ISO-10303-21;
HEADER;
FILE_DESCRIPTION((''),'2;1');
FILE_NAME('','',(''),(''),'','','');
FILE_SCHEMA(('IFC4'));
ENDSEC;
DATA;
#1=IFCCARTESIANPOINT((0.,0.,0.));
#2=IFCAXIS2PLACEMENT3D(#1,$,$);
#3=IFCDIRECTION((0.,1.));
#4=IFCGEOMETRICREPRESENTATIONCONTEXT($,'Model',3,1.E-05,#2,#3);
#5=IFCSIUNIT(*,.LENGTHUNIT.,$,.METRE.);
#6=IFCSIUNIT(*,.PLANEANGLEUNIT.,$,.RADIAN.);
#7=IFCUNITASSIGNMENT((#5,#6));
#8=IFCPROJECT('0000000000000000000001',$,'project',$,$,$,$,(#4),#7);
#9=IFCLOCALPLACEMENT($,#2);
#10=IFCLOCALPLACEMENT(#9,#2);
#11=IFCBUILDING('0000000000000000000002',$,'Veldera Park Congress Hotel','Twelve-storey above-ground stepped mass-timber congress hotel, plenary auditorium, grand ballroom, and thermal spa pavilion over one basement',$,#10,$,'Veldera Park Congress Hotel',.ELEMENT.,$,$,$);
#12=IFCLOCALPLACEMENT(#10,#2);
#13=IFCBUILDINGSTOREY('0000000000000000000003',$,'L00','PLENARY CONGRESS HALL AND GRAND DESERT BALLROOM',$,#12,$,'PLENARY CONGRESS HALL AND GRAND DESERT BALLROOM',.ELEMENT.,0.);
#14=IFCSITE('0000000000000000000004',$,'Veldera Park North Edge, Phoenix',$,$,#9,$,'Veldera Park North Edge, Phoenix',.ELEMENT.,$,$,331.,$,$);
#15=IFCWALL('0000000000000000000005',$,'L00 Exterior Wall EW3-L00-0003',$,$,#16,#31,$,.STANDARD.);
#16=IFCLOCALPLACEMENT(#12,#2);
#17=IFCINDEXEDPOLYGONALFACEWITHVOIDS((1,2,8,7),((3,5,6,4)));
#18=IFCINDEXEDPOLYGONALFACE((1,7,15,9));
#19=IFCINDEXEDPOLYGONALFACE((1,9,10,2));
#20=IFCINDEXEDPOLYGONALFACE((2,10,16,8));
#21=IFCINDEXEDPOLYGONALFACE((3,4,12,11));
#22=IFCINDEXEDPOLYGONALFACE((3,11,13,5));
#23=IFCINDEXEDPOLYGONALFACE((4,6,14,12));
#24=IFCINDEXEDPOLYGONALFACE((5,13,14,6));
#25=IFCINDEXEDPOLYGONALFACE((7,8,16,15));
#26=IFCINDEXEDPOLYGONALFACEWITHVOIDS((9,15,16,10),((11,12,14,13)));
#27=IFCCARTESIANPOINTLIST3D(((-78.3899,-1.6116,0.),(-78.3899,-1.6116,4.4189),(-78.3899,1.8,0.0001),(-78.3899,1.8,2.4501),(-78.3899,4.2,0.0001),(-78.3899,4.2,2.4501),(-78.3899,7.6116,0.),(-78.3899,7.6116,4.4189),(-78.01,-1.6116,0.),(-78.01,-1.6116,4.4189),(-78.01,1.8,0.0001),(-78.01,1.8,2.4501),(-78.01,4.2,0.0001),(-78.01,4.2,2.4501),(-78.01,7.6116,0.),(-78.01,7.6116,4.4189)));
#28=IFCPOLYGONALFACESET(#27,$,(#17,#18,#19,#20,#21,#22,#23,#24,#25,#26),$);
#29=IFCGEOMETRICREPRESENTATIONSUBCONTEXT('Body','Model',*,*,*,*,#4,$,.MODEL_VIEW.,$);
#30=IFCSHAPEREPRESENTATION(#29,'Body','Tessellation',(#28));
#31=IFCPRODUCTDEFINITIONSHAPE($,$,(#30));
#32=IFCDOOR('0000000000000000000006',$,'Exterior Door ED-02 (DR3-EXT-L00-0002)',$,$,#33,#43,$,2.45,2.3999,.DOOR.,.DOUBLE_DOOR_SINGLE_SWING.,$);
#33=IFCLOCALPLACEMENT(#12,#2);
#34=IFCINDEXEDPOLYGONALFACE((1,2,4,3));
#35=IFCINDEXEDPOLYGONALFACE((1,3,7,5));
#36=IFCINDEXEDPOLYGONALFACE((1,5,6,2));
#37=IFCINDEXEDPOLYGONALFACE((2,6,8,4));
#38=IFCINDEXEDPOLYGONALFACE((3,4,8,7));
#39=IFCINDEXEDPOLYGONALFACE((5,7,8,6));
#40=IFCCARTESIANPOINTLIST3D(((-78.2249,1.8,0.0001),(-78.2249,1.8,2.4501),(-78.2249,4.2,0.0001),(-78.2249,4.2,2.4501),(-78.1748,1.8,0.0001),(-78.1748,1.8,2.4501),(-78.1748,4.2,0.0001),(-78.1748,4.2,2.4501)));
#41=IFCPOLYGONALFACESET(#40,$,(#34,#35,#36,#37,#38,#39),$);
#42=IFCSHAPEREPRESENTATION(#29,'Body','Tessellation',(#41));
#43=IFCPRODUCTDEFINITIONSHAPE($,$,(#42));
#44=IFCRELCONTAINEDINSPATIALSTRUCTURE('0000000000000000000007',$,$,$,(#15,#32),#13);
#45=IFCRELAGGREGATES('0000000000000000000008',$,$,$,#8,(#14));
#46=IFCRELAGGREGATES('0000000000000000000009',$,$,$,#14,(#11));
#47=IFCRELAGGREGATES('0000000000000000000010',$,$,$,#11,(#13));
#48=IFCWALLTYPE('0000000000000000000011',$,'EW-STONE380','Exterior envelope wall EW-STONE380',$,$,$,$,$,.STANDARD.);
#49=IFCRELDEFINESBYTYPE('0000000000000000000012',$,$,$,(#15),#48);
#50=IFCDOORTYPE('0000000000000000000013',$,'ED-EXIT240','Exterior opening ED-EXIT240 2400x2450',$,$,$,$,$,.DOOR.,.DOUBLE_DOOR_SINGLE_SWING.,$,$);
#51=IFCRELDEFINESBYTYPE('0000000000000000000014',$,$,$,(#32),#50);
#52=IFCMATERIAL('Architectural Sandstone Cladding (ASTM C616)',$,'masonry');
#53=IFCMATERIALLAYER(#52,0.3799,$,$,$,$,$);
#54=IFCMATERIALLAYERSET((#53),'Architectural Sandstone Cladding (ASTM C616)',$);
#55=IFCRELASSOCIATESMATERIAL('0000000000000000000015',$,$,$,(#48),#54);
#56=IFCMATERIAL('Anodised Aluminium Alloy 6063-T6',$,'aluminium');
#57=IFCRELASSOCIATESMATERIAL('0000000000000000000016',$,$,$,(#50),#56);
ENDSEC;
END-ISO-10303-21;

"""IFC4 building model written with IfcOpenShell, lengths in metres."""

from ifc_helpers import new_model, si_unit, direction, frame, frame_2d, origin, place, context, subcontext, project, spatial, rectangle, extrude, material, layer, layer_set, type_object, element, fill, save


model = new_model("IFC4")

# Units and contexts
model_context = context("Model", 3, precision=1e-05, world=origin(), true_north=direction((0.0, 1.0)))
body_context = subcontext(model_context, "Body", "Model", "MODEL_VIEW")
ifc_project = project(units=[si_unit("LENGTHUNIT", "METRE"), si_unit("PLANEANGLEUNIT", "RADIAN")], contexts=[model_context])

# Site, building, storey
site_placement = place(None, origin())
site = spatial("IfcSite", under=ifc_project, at=site_placement, Name="Veldera Park North Edge, Phoenix", LongName="Veldera Park North Edge, Phoenix", CompositionType="ELEMENT", RefElevation=331.0)
building_placement = place(site_placement, origin())
building = spatial("IfcBuilding", under=site, at=building_placement, Name="Veldera Park Congress Hotel", Description="Twelve-storey above-ground stepped mass-timber congress hotel, plenary auditorium, grand ballroom, and thermal spa pavilion over one basement", LongName="Veldera Park Congress Hotel", CompositionType="ELEMENT")
storey_placement = place(building_placement, origin())
storey = spatial("IfcBuildingStorey", under=building, at=storey_placement, Name="L00", Description="PLENARY CONGRESS HALL AND GRAND DESERT BALLROOM", LongName="PLENARY CONGRESS HALL AND GRAND DESERT BALLROOM", CompositionType="ELEMENT", Elevation=0.0)

# Wall, opening, door
ifc_material_1 = material(Name="Architectural Sandstone Cladding (ASTM C616)", Category="masonry")
ifc_layer = layer(ifc_material_1, 0.3799)
ifc_layer_set = layer_set([ifc_layer], Name="Architectural Sandstone Cladding (ASTM C616)")
wall_type = type_object("IfcWallType", Name="EW-STONE380", Description="Exterior envelope wall EW-STONE380", PredefinedType="STANDARD", material=ifc_layer_set)
wall_1_placement = place(storey_placement, frame((-78.2, 7.6116, 0.0), z_axis=(0.0, 0.0, 1.0), x_axis=(0.0, -1.0, 0.0)))
wall_1 = element("IfcWall", 1, at=wall_1_placement, inside=storey, type_object=wall_type, Name="L00 Exterior Wall EW3-L00-0003", PredefinedType="STANDARD", context=body_context, shape_type="SweptSolid", body=[
    extrude(rectangle(XDim=9.2231, YDim=0.3799, at=frame_2d((4.6116, 0.0))), origin(), (0.0, 0.0, 1.0), 4.4189),
])
opening_1_placement = place(wall_1_placement, frame((3.4116, 0.0, 0.0)))
opening_1 = element("IfcOpeningElement", 2, at=opening_1_placement, cuts=wall_1, PredefinedType="OPENING", context=body_context, shape_type="SweptSolid", body=[
    extrude(rectangle(XDim=2.3999, YDim=2.45, at=frame_2d((1.2, 1.2251))), frame((0.0, 0.2019, 0.0), z_axis=(0.0, -1.0, 0.0), x_axis=(1.0, 0.0, 0.0)), (0.0, 0.0, 1.0), 0.4038),
])
ifc_material_2 = material(Name="Anodised Aluminium Alloy 6063-T6", Category="aluminium")
door_type_1 = type_object("IfcDoorType", Name="ED-EXIT240", Description="Exterior opening ED-EXIT240 2400x2450", OperationType="DOUBLE_DOOR_SINGLE_SWING", PredefinedType="DOOR", material=ifc_material_2)
door_1_placement = place(opening_1_placement, frame((2.3999, 0.0, 0.0), z_axis=(0.0, 0.0, 1.0), x_axis=(-1.0, 0.0, 0.0)))
door_1 = element("IfcDoor", 3, at=door_1_placement, inside=storey, type_object=door_type_1, Name="Exterior Door ED-02 (DR3-EXT-L00-0002)", OperationType="DOUBLE_DOOR_SINGLE_SWING", OverallHeight=2.45, OverallWidth=2.3999, PredefinedType="DOOR", context=body_context, shape_type="SweptSolid", body=[
    extrude(rectangle(XDim=2.3999, YDim=2.45, at=frame_2d((1.2, 1.2251))), frame((0.0, 0.0249, 0.0), z_axis=(0.0, -1.0, 0.0), x_axis=(1.0, 0.0, 0.0)), (0.0, 0.0, 1.0), 0.05),
])
fill(opening_1, door_1)

save(model, "model.ifc")
